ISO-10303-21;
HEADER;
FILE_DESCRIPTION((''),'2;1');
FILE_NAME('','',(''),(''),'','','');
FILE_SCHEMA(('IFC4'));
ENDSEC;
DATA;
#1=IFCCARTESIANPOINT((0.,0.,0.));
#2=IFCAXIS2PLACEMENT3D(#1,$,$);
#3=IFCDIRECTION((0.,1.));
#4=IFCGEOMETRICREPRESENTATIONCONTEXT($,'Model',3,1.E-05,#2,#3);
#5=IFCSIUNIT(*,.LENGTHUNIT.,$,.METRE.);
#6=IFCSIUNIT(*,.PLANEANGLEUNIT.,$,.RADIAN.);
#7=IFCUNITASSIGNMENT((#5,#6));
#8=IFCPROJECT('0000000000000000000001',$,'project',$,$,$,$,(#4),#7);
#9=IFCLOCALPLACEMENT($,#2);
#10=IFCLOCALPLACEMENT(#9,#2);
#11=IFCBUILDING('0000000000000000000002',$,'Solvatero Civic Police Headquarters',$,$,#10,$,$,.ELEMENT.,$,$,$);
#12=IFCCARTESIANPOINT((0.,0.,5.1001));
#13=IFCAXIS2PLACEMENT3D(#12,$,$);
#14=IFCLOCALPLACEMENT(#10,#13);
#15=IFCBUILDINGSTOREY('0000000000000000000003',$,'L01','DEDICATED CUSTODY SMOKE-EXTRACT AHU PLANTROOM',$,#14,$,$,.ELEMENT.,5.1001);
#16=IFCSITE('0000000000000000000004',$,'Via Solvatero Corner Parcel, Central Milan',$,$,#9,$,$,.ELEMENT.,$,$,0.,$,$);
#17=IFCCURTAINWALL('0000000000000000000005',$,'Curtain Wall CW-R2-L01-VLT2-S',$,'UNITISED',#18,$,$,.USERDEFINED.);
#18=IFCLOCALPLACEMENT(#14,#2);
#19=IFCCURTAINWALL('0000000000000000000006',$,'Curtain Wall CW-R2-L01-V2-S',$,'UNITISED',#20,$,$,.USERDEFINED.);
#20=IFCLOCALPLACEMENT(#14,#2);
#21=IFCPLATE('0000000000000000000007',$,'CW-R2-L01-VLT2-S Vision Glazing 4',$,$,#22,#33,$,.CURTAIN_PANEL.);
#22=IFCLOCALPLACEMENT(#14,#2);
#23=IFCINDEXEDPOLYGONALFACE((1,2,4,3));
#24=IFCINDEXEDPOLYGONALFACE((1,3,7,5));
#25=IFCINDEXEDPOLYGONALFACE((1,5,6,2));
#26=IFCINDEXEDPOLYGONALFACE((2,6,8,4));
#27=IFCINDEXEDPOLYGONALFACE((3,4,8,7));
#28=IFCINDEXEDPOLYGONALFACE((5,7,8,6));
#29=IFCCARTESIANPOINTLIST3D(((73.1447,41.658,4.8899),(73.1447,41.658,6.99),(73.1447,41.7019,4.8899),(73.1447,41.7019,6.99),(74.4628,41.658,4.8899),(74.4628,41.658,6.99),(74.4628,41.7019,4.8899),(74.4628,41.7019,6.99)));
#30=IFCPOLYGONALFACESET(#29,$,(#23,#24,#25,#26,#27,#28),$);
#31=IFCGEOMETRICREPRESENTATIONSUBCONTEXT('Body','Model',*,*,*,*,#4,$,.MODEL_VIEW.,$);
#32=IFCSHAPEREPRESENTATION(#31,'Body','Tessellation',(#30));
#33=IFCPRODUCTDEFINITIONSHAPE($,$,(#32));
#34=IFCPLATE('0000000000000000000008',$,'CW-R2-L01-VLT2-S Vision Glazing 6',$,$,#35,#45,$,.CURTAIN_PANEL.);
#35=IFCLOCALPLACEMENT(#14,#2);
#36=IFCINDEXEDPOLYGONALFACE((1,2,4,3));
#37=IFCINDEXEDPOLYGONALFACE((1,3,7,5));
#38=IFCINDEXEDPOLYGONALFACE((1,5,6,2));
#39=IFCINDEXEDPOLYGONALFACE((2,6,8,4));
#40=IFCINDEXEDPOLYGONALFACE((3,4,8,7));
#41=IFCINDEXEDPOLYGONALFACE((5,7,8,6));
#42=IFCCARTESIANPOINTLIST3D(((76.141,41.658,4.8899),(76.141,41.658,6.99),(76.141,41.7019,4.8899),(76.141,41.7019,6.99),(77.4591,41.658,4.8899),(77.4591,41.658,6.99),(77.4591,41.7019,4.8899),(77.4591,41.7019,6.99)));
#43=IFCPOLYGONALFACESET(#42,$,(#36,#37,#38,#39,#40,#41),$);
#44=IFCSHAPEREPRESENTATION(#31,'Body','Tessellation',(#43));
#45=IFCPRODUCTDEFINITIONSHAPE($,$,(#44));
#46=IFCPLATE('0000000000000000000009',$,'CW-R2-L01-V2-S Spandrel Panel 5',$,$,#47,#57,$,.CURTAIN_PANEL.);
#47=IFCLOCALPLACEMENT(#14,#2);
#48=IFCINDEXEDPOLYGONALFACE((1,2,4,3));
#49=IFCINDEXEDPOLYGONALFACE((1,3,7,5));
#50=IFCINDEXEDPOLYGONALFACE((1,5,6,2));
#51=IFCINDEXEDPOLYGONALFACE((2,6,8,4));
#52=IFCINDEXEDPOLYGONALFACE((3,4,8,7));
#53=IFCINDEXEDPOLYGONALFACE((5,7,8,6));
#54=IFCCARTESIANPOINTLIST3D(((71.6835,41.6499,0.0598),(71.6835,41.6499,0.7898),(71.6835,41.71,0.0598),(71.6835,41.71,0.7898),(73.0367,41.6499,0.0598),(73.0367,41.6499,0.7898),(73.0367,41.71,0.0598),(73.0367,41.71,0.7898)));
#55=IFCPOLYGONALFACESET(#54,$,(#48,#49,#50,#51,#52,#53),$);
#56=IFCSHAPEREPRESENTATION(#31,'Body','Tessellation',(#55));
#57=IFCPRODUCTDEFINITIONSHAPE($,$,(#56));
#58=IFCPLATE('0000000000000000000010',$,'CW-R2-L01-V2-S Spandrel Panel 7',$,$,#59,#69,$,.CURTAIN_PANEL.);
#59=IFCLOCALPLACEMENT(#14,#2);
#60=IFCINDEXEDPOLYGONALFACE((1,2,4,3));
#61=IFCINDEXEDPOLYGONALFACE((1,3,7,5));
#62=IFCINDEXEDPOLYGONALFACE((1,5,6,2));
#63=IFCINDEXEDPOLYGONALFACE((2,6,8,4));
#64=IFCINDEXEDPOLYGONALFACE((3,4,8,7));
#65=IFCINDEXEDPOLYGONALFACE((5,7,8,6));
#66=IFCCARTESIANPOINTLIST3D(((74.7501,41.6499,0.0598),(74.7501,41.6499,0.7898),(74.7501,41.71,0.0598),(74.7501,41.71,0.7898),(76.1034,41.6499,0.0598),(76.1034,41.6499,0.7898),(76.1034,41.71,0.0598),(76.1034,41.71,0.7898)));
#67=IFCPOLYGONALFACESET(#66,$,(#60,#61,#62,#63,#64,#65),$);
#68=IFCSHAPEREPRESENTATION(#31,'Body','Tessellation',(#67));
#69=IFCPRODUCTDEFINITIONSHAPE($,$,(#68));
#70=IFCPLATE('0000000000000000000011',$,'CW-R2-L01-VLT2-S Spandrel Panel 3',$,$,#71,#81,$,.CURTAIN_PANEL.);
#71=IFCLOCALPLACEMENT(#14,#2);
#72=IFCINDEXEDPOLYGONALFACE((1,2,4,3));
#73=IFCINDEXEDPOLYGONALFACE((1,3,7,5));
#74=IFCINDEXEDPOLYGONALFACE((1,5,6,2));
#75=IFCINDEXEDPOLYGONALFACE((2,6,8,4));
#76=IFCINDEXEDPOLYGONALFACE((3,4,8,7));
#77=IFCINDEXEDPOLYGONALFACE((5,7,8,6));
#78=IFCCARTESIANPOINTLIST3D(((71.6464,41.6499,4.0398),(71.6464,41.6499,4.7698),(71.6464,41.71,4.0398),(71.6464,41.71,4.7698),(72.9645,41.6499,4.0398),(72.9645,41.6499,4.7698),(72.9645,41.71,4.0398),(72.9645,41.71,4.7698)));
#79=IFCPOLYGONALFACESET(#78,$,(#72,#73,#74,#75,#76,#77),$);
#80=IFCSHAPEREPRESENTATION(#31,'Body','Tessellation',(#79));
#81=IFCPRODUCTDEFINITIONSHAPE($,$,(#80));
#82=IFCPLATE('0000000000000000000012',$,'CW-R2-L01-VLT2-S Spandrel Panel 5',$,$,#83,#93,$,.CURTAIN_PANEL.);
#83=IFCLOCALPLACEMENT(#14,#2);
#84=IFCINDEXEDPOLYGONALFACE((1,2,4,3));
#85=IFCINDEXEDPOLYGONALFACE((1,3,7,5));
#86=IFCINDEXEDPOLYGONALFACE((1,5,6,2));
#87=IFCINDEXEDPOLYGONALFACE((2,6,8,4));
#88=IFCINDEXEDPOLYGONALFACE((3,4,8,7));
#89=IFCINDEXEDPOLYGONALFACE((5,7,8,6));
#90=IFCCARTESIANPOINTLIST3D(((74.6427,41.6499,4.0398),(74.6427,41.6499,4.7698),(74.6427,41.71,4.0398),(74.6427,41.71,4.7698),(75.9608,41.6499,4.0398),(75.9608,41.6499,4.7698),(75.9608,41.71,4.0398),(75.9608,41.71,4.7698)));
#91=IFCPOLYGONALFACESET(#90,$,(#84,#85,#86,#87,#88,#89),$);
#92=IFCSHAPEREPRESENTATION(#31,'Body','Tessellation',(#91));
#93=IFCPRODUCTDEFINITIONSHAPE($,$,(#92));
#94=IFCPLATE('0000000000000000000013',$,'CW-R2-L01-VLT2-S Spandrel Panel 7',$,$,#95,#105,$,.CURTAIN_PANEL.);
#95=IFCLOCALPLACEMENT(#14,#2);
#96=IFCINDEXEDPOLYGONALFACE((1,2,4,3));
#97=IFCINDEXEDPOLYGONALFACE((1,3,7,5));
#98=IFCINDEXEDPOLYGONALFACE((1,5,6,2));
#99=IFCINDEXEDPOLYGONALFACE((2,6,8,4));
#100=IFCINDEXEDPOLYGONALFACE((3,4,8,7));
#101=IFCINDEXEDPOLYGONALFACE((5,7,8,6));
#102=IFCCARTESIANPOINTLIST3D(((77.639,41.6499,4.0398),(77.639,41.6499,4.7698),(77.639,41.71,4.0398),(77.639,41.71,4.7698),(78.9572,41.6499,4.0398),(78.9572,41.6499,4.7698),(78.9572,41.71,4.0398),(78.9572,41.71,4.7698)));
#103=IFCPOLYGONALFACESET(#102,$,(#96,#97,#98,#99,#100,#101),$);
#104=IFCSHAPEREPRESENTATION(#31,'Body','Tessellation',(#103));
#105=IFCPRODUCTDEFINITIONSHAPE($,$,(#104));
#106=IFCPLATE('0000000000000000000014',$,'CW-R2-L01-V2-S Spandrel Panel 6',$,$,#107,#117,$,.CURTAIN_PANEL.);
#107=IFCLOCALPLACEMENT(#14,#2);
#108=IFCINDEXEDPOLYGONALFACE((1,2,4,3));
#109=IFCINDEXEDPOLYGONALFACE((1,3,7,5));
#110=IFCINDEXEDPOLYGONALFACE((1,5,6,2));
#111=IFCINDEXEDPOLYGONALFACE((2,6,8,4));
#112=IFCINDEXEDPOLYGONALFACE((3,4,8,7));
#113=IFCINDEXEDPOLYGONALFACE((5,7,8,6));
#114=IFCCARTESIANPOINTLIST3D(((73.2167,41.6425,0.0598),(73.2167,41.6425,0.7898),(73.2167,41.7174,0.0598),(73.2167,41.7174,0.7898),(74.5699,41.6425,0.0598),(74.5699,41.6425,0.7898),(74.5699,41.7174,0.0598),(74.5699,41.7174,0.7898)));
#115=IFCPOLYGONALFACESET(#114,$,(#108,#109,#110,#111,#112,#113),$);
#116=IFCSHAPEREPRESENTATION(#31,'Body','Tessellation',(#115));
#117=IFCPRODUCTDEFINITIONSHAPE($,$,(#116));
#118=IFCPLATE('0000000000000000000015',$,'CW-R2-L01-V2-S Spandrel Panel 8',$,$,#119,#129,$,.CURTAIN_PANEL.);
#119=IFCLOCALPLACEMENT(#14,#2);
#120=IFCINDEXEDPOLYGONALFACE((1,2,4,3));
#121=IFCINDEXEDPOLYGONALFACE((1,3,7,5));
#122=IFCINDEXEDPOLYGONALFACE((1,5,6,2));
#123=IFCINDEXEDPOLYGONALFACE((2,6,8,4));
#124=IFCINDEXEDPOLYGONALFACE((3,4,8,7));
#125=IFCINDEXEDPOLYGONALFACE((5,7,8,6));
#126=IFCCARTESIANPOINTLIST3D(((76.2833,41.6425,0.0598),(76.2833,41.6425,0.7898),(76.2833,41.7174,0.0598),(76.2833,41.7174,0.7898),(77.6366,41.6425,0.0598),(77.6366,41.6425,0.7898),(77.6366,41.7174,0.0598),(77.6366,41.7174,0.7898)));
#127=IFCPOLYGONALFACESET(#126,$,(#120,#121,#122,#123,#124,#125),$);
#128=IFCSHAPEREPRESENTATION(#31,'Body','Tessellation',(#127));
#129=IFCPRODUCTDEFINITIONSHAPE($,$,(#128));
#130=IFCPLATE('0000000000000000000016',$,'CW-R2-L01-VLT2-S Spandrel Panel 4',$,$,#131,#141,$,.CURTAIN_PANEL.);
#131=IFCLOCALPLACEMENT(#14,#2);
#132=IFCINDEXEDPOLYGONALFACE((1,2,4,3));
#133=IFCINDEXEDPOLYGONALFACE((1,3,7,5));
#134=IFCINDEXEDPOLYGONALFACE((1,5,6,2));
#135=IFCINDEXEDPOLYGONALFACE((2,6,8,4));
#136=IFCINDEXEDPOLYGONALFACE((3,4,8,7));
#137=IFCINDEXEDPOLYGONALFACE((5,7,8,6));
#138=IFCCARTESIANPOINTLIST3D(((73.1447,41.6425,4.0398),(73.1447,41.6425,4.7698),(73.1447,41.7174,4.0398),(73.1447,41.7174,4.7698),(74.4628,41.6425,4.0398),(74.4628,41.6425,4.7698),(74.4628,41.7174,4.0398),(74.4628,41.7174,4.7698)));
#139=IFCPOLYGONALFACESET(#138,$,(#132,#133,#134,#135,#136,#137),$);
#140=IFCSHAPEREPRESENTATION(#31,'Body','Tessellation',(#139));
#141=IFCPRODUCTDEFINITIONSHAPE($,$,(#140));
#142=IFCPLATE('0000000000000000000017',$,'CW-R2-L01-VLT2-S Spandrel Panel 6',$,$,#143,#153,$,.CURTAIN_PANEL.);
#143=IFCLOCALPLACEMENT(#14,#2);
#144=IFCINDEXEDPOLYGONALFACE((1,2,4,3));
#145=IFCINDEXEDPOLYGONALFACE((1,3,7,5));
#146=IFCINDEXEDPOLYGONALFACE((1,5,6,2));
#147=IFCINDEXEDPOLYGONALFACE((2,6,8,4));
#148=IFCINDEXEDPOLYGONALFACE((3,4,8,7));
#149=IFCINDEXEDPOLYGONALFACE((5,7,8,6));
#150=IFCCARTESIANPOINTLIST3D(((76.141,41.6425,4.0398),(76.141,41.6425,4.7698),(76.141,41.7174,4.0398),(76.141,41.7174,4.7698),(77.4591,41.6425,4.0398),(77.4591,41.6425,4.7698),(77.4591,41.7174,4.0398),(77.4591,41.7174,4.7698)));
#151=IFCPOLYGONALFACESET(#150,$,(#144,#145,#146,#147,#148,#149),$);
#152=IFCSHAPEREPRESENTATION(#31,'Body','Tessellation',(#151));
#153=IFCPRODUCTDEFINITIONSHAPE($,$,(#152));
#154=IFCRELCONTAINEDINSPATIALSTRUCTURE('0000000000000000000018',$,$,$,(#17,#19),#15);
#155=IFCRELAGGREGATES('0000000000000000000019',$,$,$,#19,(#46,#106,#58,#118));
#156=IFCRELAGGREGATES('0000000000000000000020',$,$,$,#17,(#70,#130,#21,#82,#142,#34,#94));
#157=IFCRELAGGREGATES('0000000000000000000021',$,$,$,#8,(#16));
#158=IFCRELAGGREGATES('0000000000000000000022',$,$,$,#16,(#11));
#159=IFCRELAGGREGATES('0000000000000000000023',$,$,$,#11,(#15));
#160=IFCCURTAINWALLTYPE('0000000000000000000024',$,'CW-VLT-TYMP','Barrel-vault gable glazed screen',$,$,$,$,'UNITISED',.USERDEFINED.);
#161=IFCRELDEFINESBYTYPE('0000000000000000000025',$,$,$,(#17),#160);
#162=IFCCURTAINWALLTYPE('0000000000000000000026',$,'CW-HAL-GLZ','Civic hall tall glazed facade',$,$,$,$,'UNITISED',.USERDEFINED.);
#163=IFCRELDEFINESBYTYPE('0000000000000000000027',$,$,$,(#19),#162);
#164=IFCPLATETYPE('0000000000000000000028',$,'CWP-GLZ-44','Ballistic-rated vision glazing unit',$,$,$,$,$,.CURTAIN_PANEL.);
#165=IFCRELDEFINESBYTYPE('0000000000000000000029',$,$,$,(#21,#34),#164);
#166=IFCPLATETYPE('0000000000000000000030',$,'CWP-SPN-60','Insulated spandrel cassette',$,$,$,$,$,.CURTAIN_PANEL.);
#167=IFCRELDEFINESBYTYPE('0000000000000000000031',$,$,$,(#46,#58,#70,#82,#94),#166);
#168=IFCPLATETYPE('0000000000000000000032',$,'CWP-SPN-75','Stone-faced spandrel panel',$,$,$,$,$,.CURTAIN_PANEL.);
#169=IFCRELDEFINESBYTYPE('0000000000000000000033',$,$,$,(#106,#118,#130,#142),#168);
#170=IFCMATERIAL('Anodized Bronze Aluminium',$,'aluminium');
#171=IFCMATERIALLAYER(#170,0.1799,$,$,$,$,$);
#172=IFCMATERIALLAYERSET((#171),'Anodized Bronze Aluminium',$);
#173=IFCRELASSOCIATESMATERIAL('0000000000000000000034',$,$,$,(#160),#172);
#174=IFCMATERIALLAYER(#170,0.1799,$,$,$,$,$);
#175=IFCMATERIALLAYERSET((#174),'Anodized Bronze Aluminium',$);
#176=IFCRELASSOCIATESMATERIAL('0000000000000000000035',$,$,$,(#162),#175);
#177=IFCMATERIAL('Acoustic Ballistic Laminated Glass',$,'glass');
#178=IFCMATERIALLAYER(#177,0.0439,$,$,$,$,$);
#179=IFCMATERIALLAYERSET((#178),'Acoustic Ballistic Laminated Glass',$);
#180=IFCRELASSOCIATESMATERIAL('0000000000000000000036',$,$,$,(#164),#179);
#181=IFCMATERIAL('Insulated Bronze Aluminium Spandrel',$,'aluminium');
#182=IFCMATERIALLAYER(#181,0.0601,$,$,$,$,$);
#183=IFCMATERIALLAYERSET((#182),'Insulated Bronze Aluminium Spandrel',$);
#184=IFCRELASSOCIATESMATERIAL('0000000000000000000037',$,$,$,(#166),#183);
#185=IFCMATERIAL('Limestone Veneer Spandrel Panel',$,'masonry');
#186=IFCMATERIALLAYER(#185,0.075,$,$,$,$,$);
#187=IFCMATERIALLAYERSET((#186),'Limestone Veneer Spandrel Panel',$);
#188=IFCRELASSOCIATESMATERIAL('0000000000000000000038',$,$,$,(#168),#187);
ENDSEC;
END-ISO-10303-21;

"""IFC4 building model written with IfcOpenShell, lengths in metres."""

from ifc_helpers import new_model, si_unit, direction, frame, origin, origin_2d, place, context, subcontext, project, spatial, rectangle, extrude, material, layer, layer_set, type_object, element, aggregate, save


model = new_model("IFC4")

# Units and contexts
model_context = context("Model", 3, precision=1e-05, world=origin(), true_north=direction((0.0, 1.0)))
body_context = subcontext(model_context, "Body", "Model", "MODEL_VIEW")
ifc_project = project(units=[si_unit("LENGTHUNIT", "METRE"), si_unit("PLANEANGLEUNIT", "RADIAN")], contexts=[model_context])

# Site, building, storey
site_placement = place(None, origin())
site = spatial("IfcSite", under=ifc_project, at=site_placement, Name="Via Solvatero Corner Parcel, Central Milan", CompositionType="ELEMENT", RefElevation=0.0)
building_placement = place(site_placement, origin())
building = spatial("IfcBuilding", under=site, at=building_placement, Name="Solvatero Civic Police Headquarters", CompositionType="ELEMENT")
storey_placement = place(building_placement, frame((0.0, 0.0, 5.1001)))
storey = spatial("IfcBuildingStorey", under=building, at=storey_placement, Name="L01", Description="DEDICATED CUSTODY SMOKE-EXTRACT AHU PLANTROOM", CompositionType="ELEMENT", Elevation=5.1001)

# Curtain wall
ifc_material_1 = material(Name="Anodized Bronze Aluminium", Category="aluminium")
ifc_layer_1 = layer(ifc_material_1, 0.1799)
ifc_layer_set_1 = layer_set([ifc_layer_1], Name="Anodized Bronze Aluminium")
curtain_wall_type_1 = type_object("IfcCurtainWallType", Name="CW-VLT-TYMP", Description="Barrel-vault gable glazed screen", ElementType="UNITISED", PredefinedType="USERDEFINED", material=ifc_layer_set_1)
curtain_wall_1_placement = place(storey_placement, origin())
curtain_wall_1 = element("IfcCurtainWall", 1, at=curtain_wall_1_placement, inside=storey, type_object=curtain_wall_type_1, Name="Curtain Wall CW-R2-L01-VLT2-S", ObjectType="UNITISED", PredefinedType="USERDEFINED")

# Curtain wall
ifc_layer_2 = layer(ifc_material_1, 0.1799)
ifc_layer_set_2 = layer_set([ifc_layer_2], Name="Anodized Bronze Aluminium")
curtain_wall_type_2 = type_object("IfcCurtainWallType", Name="CW-HAL-GLZ", Description="Civic hall tall glazed facade", ElementType="UNITISED", PredefinedType="USERDEFINED", material=ifc_layer_set_2)
curtain_wall_2_placement = place(storey_placement, origin())
curtain_wall_2 = element("IfcCurtainWall", 2, at=curtain_wall_2_placement, inside=storey, type_object=curtain_wall_type_2, Name="Curtain Wall CW-R2-L01-V2-S", ObjectType="UNITISED", PredefinedType="USERDEFINED")

# Plates
ifc_material_2 = material(Name="Acoustic Ballistic Laminated Glass", Category="glass")
ifc_layer_3 = layer(ifc_material_2, 0.0439)
ifc_layer_set_3 = layer_set([ifc_layer_3], Name="Acoustic Ballistic Laminated Glass")
plate_type_1 = type_object("IfcPlateType", Name="CWP-GLZ-44", Description="Ballistic-rated vision glazing unit", PredefinedType="CURTAIN_PANEL", material=ifc_layer_set_3)
plate_1_placement = place(storey_placement, frame((73.8037, 41.6799, 4.8899), z_axis=(0.0, 0.0, 1.0), x_axis=(1.0, 0.0, 0.0)))
plate_1 = element("IfcPlate", 3, at=plate_1_placement, type_object=plate_type_1, Name="CW-R2-L01-VLT2-S Vision Glazing 4", PredefinedType="CURTAIN_PANEL", context=body_context, shape_type="SweptSolid", body=[
    extrude(rectangle(XDim=1.3181, YDim=0.0439, at=origin_2d()), origin(), (0.0, 0.0, 1.0), 2.1001),
])
plate_2_placement = place(storey_placement, frame((76.8, 41.6799, 4.8899), z_axis=(0.0, 0.0, 1.0), x_axis=(1.0, 0.0, 0.0)))
plate_2 = element("IfcPlate", 4, at=plate_2_placement, type_object=plate_type_1, Name="CW-R2-L01-VLT2-S Vision Glazing 6", PredefinedType="CURTAIN_PANEL", context=body_context, shape_type="SweptSolid", body=[
    extrude(rectangle(XDim=1.3181, YDim=0.0439, at=origin_2d()), origin(), (0.0, 0.0, 1.0), 2.1001),
])
ifc_material_3 = material(Name="Insulated Bronze Aluminium Spandrel", Category="aluminium")
ifc_layer_4 = layer(ifc_material_3, 0.0601)
ifc_layer_set_4 = layer_set([ifc_layer_4], Name="Insulated Bronze Aluminium Spandrel")
plate_type_2 = type_object("IfcPlateType", Name="CWP-SPN-60", Description="Insulated spandrel cassette", PredefinedType="CURTAIN_PANEL", material=ifc_layer_set_4)
plate_3_placement = place(storey_placement, frame((72.3601, 41.6799, 0.0598), z_axis=(0.0, 0.0, 1.0), x_axis=(1.0, 0.0, 0.0)))
plate_3 = element("IfcPlate", 5, at=plate_3_placement, type_object=plate_type_2, Name="CW-R2-L01-V2-S Spandrel Panel 5", PredefinedType="CURTAIN_PANEL", context=body_context, shape_type="SweptSolid", body=[
    extrude(rectangle(XDim=1.3533, YDim=0.0601, at=origin_2d()), origin(), (0.0, 0.0, 1.0), 0.73),
])
plate_4_placement = place(storey_placement, frame((75.4268, 41.6799, 0.0598), z_axis=(0.0, 0.0, 1.0), x_axis=(1.0, 0.0, 0.0)))
plate_4 = element("IfcPlate", 6, at=plate_4_placement, type_object=plate_type_2, Name="CW-R2-L01-V2-S Spandrel Panel 7", PredefinedType="CURTAIN_PANEL", context=body_context, shape_type="SweptSolid", body=[
    extrude(rectangle(XDim=1.3533, YDim=0.0601, at=origin_2d()), origin(), (0.0, 0.0, 1.0), 0.73),
])
plate_5_placement = place(storey_placement, frame((72.3054, 41.6799, 4.0398), z_axis=(0.0, 0.0, 1.0), x_axis=(1.0, 0.0, 0.0)))
plate_5 = element("IfcPlate", 7, at=plate_5_placement, type_object=plate_type_2, Name="CW-R2-L01-VLT2-S Spandrel Panel 3", PredefinedType="CURTAIN_PANEL", context=body_context, shape_type="SweptSolid", body=[
    extrude(rectangle(XDim=1.3181, YDim=0.0601, at=origin_2d()), origin(), (0.0, 0.0, 1.0), 0.73),
])
plate_6_placement = place(storey_placement, frame((75.3018, 41.6799, 4.0398), z_axis=(0.0, 0.0, 1.0), x_axis=(1.0, 0.0, 0.0)))
plate_6 = element("IfcPlate", 8, at=plate_6_placement, type_object=plate_type_2, Name="CW-R2-L01-VLT2-S Spandrel Panel 5", PredefinedType="CURTAIN_PANEL", context=body_context, shape_type="SweptSolid", body=[
    extrude(rectangle(XDim=1.3181, YDim=0.0601, at=origin_2d()), origin(), (0.0, 0.0, 1.0), 0.73),
])
plate_7_placement = place(storey_placement, frame((78.2981, 41.6799, 4.0398), z_axis=(0.0, 0.0, 1.0), x_axis=(1.0, 0.0, 0.0)))
plate_7 = element("IfcPlate", 9, at=plate_7_placement, type_object=plate_type_2, Name="CW-R2-L01-VLT2-S Spandrel Panel 7", PredefinedType="CURTAIN_PANEL", context=body_context, shape_type="SweptSolid", body=[
    extrude(rectangle(XDim=1.3181, YDim=0.0601, at=origin_2d()), origin(), (0.0, 0.0, 1.0), 0.73),
])
ifc_material_4 = material(Name="Limestone Veneer Spandrel Panel", Category="masonry")
ifc_layer_5 = layer(ifc_material_4, 0.075)
ifc_layer_set_5 = layer_set([ifc_layer_5], Name="Limestone Veneer Spandrel Panel")
plate_type_3 = type_object("IfcPlateType", Name="CWP-SPN-75", Description="Stone-faced spandrel panel", PredefinedType="CURTAIN_PANEL", material=ifc_layer_set_5)
plate_8_placement = place(storey_placement, frame((73.8933, 41.6799, 0.0598), z_axis=(0.0, 0.0, 1.0), x_axis=(1.0, 0.0, 0.0)))
plate_8 = element("IfcPlate", 10, at=plate_8_placement, type_object=plate_type_3, Name="CW-R2-L01-V2-S Spandrel Panel 6", PredefinedType="CURTAIN_PANEL", context=body_context, shape_type="SweptSolid", body=[
    extrude(rectangle(XDim=1.3533, YDim=0.075, at=origin_2d()), origin(), (0.0, 0.0, 1.0), 0.73),
])
plate_9_placement = place(storey_placement, frame((76.96, 41.6799, 0.0598), z_axis=(0.0, 0.0, 1.0), x_axis=(1.0, 0.0, 0.0)))
plate_9 = element("IfcPlate", 11, at=plate_9_placement, type_object=plate_type_3, Name="CW-R2-L01-V2-S Spandrel Panel 8", PredefinedType="CURTAIN_PANEL", context=body_context, shape_type="SweptSolid", body=[
    extrude(rectangle(XDim=1.3533, YDim=0.075, at=origin_2d()), origin(), (0.0, 0.0, 1.0), 0.73),
])
aggregate(curtain_wall_2, [plate_3, plate_8, plate_4, plate_9])
plate_10_placement = place(storey_placement, frame((73.8037, 41.6799, 4.0398), z_axis=(0.0, 0.0, 1.0), x_axis=(1.0, 0.0, 0.0)))
plate_10 = element("IfcPlate", 12, at=plate_10_placement, type_object=plate_type_3, Name="CW-R2-L01-VLT2-S Spandrel Panel 4", PredefinedType="CURTAIN_PANEL", context=body_context, shape_type="SweptSolid", body=[
    extrude(rectangle(XDim=1.3181, YDim=0.075, at=origin_2d()), origin(), (0.0, 0.0, 1.0), 0.73),
])
plate_11_placement = place(storey_placement, frame((76.8, 41.6799, 4.0398), z_axis=(0.0, 0.0, 1.0), x_axis=(1.0, 0.0, 0.0)))
plate_11 = element("IfcPlate", 13, at=plate_11_placement, type_object=plate_type_3, Name="CW-R2-L01-VLT2-S Spandrel Panel 6", PredefinedType="CURTAIN_PANEL", context=body_context, shape_type="SweptSolid", body=[
    extrude(rectangle(XDim=1.3181, YDim=0.075, at=origin_2d()), origin(), (0.0, 0.0, 1.0), 0.73),
])
aggregate(curtain_wall_1, [plate_5, plate_10, plate_1, plate_6, plate_11, plate_2, plate_7])

save(model, "model.ifc")
